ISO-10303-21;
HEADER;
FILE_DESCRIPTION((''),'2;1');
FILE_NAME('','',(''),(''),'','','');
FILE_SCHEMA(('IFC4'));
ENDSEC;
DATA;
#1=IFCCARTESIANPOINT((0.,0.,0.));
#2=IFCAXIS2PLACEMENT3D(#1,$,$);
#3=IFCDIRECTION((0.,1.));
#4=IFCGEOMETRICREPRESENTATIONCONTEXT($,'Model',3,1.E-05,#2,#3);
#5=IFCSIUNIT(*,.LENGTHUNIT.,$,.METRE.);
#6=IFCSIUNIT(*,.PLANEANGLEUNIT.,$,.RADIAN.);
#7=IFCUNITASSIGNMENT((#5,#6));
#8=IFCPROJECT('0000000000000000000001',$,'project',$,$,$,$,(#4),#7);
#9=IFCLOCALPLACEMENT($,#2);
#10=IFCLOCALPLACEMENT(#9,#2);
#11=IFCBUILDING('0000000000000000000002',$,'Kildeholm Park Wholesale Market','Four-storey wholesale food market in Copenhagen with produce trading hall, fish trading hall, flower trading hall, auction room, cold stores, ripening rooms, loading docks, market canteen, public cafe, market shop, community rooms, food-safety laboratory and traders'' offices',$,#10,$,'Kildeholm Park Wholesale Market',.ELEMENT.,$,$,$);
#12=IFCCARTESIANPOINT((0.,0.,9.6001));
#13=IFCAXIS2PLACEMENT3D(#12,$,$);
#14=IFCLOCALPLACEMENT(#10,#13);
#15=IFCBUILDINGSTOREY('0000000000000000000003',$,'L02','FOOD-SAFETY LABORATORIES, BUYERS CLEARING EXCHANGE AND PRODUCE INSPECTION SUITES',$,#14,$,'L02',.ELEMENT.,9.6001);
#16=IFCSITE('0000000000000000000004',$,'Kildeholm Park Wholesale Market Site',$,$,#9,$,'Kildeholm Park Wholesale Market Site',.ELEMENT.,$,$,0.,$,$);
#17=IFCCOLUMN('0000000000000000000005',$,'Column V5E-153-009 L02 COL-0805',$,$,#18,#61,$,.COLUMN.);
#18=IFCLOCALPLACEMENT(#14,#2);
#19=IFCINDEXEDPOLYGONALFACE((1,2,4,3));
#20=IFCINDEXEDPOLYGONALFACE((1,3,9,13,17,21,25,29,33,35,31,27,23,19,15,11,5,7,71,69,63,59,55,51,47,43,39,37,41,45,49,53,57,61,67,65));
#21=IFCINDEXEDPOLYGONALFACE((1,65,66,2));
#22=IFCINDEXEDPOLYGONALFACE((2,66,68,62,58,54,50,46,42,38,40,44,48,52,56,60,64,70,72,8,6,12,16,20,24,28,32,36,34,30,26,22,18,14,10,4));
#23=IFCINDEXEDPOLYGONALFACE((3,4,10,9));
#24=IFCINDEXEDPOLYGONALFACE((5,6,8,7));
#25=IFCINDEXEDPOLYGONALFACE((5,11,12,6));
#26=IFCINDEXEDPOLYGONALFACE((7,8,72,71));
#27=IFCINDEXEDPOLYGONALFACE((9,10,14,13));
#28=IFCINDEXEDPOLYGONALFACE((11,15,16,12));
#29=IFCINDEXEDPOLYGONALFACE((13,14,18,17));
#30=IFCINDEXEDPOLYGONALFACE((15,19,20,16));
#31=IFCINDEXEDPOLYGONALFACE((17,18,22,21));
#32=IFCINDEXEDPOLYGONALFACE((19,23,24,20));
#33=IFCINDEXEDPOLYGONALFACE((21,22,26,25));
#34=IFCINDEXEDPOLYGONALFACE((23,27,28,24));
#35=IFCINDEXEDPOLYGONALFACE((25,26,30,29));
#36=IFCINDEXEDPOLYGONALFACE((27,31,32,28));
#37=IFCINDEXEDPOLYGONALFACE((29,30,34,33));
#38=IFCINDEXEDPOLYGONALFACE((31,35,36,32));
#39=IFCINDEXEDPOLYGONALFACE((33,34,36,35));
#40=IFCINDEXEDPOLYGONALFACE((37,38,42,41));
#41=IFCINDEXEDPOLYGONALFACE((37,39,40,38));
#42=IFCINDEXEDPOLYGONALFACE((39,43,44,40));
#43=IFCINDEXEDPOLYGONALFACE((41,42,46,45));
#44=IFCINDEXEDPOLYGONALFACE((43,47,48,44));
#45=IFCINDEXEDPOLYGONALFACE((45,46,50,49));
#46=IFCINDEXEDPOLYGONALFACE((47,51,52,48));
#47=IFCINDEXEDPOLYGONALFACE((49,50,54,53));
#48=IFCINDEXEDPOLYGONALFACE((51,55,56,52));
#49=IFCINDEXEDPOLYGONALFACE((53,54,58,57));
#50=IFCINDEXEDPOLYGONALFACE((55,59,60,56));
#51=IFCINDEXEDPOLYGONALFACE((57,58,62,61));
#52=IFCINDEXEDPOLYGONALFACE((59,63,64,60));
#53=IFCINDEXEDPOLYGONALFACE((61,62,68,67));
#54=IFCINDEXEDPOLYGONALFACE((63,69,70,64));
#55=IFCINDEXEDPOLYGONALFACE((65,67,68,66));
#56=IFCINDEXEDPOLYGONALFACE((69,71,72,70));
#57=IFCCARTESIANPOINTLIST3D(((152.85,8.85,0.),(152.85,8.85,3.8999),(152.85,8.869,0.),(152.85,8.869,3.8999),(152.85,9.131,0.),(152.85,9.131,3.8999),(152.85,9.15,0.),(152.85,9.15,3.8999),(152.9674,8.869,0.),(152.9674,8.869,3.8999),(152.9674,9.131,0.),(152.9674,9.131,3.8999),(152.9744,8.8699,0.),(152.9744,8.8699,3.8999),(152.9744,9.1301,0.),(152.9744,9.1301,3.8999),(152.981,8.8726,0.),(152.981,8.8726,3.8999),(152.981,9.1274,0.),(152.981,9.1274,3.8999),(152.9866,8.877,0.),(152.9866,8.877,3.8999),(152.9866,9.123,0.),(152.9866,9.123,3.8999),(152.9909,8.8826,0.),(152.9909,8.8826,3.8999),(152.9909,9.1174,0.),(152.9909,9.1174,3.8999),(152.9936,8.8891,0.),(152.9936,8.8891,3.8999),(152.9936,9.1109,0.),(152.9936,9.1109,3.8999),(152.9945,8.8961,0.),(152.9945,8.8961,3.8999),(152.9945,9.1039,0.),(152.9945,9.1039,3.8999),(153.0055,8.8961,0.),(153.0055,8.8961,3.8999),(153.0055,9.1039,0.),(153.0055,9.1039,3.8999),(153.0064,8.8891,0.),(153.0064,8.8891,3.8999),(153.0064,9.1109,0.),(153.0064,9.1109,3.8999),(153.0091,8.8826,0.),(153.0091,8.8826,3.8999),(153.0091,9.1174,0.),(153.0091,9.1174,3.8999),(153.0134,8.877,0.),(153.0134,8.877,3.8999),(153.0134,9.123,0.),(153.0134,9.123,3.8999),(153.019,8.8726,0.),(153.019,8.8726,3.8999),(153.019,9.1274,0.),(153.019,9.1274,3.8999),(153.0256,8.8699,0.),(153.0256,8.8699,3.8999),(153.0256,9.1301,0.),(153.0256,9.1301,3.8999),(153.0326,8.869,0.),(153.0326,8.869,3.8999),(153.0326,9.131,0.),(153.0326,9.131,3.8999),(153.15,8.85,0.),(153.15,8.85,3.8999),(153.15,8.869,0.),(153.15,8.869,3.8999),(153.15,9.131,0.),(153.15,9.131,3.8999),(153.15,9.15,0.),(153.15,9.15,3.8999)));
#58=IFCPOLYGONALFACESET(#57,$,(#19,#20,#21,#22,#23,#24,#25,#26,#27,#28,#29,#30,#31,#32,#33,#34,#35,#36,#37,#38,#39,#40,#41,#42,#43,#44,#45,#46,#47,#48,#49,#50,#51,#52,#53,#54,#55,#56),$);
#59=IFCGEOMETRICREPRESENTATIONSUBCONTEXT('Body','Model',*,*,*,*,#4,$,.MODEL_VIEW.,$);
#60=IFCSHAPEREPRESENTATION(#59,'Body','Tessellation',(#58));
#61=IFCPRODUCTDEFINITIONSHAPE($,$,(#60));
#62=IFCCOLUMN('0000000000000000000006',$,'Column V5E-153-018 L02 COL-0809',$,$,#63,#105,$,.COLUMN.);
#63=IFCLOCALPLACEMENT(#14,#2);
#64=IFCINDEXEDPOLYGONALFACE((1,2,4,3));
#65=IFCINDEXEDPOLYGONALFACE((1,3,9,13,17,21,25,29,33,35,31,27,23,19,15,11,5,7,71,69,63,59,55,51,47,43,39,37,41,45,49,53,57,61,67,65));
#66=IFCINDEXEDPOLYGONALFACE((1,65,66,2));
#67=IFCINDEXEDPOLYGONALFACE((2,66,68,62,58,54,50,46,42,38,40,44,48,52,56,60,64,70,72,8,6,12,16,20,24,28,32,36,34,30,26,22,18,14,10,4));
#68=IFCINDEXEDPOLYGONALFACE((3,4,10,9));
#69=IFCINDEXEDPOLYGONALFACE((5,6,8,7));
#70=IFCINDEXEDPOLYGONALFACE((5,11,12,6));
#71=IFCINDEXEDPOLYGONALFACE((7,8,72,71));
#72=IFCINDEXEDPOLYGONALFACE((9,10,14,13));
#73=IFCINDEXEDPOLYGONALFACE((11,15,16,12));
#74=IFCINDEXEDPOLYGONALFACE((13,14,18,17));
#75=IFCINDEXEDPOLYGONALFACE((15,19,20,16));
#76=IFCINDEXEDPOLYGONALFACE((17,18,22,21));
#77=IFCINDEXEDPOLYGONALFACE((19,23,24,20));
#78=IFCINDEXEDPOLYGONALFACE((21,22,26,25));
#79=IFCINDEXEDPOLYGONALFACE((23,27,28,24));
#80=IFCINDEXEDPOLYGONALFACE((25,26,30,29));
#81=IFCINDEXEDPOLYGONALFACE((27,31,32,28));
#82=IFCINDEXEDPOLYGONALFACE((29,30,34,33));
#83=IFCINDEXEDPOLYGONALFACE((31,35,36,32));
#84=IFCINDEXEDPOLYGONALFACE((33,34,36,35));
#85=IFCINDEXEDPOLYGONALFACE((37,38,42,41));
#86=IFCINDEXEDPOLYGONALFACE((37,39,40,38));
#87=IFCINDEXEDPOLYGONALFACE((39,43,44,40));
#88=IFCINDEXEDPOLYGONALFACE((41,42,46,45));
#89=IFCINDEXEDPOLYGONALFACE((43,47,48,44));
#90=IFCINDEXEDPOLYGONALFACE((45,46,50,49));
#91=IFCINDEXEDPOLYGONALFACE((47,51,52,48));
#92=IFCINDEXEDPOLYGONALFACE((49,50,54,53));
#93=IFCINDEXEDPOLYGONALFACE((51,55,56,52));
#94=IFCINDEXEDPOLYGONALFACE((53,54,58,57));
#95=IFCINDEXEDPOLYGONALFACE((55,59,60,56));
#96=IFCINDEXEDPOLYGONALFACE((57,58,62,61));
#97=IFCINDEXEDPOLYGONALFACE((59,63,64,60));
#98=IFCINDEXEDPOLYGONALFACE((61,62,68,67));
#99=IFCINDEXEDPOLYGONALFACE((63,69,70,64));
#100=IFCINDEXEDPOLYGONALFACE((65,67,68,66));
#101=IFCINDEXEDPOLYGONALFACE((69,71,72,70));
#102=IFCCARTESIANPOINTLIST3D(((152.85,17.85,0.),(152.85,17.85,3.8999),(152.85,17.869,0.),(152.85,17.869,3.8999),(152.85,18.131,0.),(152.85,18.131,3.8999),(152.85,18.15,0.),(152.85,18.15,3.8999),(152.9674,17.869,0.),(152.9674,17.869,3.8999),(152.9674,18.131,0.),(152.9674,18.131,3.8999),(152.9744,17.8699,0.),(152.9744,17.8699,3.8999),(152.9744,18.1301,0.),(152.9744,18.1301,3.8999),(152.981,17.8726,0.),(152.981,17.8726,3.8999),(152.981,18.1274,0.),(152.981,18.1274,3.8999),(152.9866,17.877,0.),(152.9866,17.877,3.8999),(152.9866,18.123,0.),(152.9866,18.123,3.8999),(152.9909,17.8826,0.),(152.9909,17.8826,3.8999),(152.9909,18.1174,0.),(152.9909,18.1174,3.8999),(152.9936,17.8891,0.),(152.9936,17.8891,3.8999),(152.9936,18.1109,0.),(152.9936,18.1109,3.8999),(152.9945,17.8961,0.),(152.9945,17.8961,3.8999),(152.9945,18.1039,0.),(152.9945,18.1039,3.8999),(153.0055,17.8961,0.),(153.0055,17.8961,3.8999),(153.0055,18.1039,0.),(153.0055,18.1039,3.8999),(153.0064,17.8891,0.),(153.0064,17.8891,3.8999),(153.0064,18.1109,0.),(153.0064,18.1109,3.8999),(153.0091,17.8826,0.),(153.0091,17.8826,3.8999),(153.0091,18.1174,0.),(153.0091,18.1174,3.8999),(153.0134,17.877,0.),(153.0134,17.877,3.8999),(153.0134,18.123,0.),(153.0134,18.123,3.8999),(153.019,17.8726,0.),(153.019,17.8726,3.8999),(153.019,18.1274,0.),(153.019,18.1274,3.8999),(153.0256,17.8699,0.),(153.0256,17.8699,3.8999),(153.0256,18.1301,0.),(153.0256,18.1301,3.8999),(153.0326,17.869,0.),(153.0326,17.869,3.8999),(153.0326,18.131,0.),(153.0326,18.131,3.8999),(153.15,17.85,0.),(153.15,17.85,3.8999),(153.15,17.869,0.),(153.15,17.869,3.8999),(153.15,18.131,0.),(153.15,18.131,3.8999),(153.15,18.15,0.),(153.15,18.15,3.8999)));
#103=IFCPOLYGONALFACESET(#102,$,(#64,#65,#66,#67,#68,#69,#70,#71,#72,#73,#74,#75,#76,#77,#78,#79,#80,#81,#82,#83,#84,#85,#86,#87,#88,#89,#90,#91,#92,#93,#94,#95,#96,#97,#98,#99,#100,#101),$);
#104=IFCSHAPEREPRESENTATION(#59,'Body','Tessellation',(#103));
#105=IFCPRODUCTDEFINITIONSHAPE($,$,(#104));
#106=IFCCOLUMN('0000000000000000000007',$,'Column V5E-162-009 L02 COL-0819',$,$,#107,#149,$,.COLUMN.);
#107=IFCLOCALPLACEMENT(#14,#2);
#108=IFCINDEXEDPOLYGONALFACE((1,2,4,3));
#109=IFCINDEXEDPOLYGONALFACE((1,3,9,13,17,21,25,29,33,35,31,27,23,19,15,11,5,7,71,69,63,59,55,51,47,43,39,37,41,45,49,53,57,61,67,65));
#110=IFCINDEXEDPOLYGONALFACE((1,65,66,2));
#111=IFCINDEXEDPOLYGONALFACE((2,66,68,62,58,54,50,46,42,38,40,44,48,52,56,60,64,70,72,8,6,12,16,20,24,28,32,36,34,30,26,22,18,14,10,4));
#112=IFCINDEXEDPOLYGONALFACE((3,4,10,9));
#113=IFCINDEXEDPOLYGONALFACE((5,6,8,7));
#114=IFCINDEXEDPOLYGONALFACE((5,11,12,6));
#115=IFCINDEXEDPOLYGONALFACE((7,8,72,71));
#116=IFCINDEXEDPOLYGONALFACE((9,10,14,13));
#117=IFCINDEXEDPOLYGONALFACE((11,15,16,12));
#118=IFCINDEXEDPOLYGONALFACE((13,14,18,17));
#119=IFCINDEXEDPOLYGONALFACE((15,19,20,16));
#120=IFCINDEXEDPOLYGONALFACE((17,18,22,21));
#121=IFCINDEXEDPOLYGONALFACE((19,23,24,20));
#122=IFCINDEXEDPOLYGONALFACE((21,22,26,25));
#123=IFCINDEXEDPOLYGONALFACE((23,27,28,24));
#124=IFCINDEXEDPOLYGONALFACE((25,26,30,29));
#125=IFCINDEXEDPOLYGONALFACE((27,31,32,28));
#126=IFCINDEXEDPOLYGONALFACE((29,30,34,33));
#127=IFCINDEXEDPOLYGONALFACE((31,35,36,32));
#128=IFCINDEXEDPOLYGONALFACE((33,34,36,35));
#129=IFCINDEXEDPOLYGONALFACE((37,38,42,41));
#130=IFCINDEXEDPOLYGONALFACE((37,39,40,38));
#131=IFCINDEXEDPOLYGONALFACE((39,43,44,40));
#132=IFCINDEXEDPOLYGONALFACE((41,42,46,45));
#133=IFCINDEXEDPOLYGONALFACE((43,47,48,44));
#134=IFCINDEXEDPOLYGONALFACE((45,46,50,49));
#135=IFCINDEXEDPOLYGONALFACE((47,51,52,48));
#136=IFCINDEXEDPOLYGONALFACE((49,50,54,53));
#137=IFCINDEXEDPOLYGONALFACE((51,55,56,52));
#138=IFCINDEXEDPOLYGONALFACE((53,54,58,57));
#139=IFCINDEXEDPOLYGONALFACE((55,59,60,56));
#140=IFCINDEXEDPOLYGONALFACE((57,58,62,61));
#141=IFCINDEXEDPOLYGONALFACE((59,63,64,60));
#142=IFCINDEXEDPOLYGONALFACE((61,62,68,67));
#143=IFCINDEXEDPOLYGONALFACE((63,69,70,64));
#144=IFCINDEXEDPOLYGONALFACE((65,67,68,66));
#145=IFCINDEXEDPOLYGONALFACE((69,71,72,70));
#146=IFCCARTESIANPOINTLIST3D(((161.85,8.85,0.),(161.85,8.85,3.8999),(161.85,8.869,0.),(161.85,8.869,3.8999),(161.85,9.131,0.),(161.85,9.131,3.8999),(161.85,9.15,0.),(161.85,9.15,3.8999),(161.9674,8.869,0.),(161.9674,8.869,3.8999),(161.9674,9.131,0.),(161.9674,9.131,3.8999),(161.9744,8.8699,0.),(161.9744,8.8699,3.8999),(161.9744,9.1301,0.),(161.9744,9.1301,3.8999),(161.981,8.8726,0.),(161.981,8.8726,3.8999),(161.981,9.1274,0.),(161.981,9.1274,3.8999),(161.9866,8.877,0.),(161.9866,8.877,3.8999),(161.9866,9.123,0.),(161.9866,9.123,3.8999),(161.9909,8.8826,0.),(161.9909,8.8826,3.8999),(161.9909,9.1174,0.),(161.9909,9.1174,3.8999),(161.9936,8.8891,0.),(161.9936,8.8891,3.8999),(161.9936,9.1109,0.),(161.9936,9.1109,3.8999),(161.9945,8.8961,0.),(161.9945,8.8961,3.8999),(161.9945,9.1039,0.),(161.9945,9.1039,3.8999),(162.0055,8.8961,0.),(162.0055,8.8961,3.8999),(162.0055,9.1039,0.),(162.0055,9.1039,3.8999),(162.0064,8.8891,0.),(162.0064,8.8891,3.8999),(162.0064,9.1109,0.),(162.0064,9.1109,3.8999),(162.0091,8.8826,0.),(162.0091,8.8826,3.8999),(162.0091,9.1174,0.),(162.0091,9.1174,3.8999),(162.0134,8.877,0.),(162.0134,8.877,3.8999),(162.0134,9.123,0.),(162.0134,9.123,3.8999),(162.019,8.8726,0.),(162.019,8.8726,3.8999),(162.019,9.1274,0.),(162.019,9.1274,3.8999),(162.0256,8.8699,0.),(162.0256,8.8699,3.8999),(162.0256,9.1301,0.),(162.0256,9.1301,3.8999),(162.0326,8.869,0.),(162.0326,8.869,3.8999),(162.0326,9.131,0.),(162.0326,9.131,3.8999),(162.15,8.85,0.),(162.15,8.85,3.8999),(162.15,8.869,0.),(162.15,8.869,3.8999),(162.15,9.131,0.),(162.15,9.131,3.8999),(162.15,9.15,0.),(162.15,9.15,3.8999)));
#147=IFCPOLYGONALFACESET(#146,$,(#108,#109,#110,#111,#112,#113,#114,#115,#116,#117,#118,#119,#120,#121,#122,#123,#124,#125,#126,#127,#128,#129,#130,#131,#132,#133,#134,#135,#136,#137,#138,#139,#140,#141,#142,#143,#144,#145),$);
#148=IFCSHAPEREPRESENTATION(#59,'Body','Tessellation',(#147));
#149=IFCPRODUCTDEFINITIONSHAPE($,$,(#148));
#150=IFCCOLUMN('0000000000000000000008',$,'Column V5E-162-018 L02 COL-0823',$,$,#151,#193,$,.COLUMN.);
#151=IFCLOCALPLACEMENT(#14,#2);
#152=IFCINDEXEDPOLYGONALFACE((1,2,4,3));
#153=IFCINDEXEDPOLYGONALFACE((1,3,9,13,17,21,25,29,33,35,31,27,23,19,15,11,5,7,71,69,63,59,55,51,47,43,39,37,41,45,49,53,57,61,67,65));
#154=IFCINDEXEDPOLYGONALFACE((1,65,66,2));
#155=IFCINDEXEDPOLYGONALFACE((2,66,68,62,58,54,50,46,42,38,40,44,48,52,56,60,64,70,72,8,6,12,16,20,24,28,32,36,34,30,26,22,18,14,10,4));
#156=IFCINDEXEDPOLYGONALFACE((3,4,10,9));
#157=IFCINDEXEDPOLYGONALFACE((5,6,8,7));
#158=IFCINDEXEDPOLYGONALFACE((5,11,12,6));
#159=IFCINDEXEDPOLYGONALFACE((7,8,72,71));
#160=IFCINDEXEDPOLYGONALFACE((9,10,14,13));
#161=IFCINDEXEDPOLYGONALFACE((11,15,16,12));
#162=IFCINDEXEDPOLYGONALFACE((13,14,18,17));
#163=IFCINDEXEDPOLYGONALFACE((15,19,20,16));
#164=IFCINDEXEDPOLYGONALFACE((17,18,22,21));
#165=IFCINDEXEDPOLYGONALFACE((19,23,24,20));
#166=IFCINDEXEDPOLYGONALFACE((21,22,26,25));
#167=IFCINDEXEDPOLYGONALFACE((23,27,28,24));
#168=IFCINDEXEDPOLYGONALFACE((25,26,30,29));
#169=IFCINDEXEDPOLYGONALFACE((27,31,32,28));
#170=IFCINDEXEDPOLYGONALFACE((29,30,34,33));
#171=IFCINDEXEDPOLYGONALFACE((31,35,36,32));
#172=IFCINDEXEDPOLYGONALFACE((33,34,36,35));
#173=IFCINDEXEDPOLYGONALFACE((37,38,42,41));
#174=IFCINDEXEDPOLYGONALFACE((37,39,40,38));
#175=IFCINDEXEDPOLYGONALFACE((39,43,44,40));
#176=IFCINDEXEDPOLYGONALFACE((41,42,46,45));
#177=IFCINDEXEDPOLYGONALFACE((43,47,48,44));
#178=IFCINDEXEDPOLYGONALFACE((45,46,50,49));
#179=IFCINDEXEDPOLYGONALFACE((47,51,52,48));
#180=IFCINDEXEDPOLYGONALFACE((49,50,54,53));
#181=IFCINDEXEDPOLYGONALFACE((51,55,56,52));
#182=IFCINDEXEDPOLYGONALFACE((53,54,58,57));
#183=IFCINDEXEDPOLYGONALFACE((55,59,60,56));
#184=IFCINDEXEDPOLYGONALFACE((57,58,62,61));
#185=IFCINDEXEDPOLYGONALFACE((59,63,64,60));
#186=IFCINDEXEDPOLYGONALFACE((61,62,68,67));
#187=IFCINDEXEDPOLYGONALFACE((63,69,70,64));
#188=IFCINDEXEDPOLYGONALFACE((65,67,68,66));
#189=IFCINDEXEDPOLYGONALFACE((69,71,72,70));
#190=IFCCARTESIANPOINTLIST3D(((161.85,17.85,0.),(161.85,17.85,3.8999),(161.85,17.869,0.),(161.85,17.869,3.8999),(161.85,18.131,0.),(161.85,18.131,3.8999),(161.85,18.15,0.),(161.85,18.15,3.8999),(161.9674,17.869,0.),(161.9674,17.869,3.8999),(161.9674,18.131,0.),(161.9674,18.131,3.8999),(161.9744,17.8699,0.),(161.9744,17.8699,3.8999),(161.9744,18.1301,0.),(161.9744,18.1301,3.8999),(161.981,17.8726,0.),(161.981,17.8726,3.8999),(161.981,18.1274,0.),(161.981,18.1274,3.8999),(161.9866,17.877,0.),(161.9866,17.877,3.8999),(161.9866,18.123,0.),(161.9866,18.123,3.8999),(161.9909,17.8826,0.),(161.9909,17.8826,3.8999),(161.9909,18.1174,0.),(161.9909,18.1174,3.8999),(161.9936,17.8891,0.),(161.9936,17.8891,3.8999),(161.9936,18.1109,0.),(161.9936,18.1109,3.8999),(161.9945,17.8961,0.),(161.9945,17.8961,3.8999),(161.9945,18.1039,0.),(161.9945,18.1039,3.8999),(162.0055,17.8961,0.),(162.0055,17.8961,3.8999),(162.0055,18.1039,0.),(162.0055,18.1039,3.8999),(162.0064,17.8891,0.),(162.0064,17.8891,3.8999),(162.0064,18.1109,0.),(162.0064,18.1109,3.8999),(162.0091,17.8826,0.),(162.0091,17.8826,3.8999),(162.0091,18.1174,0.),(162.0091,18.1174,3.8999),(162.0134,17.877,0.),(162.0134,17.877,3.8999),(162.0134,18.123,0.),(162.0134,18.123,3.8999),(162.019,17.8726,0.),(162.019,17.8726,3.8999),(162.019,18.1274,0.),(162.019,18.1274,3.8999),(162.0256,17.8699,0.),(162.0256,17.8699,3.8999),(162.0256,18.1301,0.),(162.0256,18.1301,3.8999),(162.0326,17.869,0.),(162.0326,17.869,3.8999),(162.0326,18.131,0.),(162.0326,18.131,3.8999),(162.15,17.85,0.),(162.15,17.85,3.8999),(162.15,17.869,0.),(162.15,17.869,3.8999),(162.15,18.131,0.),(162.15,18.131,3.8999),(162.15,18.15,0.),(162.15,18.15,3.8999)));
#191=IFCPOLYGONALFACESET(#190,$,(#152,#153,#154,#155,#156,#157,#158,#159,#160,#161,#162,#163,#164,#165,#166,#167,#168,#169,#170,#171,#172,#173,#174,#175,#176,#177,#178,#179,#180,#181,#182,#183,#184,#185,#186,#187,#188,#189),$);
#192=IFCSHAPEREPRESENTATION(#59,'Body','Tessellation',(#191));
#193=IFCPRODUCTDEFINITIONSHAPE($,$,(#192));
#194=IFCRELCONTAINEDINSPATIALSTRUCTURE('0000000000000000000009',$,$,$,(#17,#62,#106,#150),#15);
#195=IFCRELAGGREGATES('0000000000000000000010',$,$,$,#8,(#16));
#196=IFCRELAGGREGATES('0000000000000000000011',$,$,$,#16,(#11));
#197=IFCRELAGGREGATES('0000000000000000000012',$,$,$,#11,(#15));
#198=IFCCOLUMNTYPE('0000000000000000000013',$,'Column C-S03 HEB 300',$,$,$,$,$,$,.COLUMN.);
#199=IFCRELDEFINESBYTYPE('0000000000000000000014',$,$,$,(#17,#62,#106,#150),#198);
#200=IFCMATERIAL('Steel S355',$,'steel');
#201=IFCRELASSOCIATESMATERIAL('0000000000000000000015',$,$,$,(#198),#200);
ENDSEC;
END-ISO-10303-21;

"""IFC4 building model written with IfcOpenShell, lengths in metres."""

from ifc_helpers import new_model, si_unit, direction, frame, origin, origin_2d, place, context, subcontext, project, spatial, i_section, extrude, material, material_profile, profile_set, type_object, element, save


model = new_model("IFC4")

# Units and contexts
model_context = context("Model", 3, precision=1e-05, world=origin(), true_north=direction((0.0, 1.0)))
body_context = subcontext(model_context, "Body", "Model", "MODEL_VIEW")
ifc_project = project(units=[si_unit("LENGTHUNIT", "METRE"), si_unit("PLANEANGLEUNIT", "RADIAN")], contexts=[model_context])

# Site, building, storey
site_placement = place(None, origin())
site = spatial("IfcSite", under=ifc_project, at=site_placement, Name="Kildeholm Park Wholesale Market Site", LongName="Kildeholm Park Wholesale Market Site", CompositionType="ELEMENT", RefElevation=0.0)
building_placement = place(site_placement, origin())
building = spatial("IfcBuilding", under=site, at=building_placement, Name="Kildeholm Park Wholesale Market", Description="Four-storey wholesale food market in Copenhagen with produce trading hall, fish trading hall, flower trading hall, auction room, cold stores, ripening rooms, loading docks, market canteen, public cafe, market shop, community rooms, food-safety laboratory and traders' offices", LongName="Kildeholm Park Wholesale Market", CompositionType="ELEMENT")
storey_placement = place(building_placement, frame((0.0, 0.0, 9.6001)))
storey = spatial("IfcBuildingStorey", under=building, at=storey_placement, Name="L02", Description="FOOD-SAFETY LABORATORIES, BUYERS CLEARING EXCHANGE AND PRODUCE INSPECTION SUITES", LongName="L02", CompositionType="ELEMENT", Elevation=9.6001)

# Columns
ifc_material_1 = material(Name="Steel S355", Category="steel")
ifc_material_profile_1 = material_profile(ifc_material_1, i_section(OverallWidth=0.3, OverallDepth=0.3, WebThickness=0.011, FlangeThickness=0.019, FilletRadius=0.0271, at=origin_2d()), Name="HEB 300")
ifc_profile_set_1 = profile_set([ifc_material_profile_1], Name="Steel S355")
column_type = type_object("IfcColumnType", Name="Column C-S03 HEB 300", PredefinedType="COLUMN", material=ifc_profile_set_1)
for number, where, z_axis, x_axis, name in (
    (1, (153.0, 9.0, 0.0), (0.0, 0.0, 1.0), (1.0, 0.0, 0.0), "Column V5E-153-009 L02 COL-0805"),
    (2, (153.0, 18.0, 0.0), (0.0, 0.0, 1.0), (1.0, 0.0, 0.0), "Column V5E-153-018 L02 COL-0809"),
    (3, (162.0, 9.0, 0.0), (0.0, 0.0, 1.0), (1.0, 0.0, 0.0), "Column V5E-162-009 L02 COL-0819"),
    (4, (162.0, 18.0, 0.0), (0.0, 0.0, 1.0), (1.0, 0.0, 0.0), "Column V5E-162-018 L02 COL-0823"),
):
    element("IfcColumn", number, at=place(storey_placement, frame(where, z_axis=z_axis, x_axis=x_axis)), inside=storey, type_object=column_type, Name=name, PredefinedType="COLUMN", context=body_context, shape_type="SweptSolid", body=[
        extrude(i_section(OverallWidth=0.3, OverallDepth=0.3, WebThickness=0.011, FlangeThickness=0.019, FilletRadius=0.0271, at=origin_2d()), origin(), (0.0, 0.0, 1.0), 3.8999),
    ])

save(model, "model.ifc")
